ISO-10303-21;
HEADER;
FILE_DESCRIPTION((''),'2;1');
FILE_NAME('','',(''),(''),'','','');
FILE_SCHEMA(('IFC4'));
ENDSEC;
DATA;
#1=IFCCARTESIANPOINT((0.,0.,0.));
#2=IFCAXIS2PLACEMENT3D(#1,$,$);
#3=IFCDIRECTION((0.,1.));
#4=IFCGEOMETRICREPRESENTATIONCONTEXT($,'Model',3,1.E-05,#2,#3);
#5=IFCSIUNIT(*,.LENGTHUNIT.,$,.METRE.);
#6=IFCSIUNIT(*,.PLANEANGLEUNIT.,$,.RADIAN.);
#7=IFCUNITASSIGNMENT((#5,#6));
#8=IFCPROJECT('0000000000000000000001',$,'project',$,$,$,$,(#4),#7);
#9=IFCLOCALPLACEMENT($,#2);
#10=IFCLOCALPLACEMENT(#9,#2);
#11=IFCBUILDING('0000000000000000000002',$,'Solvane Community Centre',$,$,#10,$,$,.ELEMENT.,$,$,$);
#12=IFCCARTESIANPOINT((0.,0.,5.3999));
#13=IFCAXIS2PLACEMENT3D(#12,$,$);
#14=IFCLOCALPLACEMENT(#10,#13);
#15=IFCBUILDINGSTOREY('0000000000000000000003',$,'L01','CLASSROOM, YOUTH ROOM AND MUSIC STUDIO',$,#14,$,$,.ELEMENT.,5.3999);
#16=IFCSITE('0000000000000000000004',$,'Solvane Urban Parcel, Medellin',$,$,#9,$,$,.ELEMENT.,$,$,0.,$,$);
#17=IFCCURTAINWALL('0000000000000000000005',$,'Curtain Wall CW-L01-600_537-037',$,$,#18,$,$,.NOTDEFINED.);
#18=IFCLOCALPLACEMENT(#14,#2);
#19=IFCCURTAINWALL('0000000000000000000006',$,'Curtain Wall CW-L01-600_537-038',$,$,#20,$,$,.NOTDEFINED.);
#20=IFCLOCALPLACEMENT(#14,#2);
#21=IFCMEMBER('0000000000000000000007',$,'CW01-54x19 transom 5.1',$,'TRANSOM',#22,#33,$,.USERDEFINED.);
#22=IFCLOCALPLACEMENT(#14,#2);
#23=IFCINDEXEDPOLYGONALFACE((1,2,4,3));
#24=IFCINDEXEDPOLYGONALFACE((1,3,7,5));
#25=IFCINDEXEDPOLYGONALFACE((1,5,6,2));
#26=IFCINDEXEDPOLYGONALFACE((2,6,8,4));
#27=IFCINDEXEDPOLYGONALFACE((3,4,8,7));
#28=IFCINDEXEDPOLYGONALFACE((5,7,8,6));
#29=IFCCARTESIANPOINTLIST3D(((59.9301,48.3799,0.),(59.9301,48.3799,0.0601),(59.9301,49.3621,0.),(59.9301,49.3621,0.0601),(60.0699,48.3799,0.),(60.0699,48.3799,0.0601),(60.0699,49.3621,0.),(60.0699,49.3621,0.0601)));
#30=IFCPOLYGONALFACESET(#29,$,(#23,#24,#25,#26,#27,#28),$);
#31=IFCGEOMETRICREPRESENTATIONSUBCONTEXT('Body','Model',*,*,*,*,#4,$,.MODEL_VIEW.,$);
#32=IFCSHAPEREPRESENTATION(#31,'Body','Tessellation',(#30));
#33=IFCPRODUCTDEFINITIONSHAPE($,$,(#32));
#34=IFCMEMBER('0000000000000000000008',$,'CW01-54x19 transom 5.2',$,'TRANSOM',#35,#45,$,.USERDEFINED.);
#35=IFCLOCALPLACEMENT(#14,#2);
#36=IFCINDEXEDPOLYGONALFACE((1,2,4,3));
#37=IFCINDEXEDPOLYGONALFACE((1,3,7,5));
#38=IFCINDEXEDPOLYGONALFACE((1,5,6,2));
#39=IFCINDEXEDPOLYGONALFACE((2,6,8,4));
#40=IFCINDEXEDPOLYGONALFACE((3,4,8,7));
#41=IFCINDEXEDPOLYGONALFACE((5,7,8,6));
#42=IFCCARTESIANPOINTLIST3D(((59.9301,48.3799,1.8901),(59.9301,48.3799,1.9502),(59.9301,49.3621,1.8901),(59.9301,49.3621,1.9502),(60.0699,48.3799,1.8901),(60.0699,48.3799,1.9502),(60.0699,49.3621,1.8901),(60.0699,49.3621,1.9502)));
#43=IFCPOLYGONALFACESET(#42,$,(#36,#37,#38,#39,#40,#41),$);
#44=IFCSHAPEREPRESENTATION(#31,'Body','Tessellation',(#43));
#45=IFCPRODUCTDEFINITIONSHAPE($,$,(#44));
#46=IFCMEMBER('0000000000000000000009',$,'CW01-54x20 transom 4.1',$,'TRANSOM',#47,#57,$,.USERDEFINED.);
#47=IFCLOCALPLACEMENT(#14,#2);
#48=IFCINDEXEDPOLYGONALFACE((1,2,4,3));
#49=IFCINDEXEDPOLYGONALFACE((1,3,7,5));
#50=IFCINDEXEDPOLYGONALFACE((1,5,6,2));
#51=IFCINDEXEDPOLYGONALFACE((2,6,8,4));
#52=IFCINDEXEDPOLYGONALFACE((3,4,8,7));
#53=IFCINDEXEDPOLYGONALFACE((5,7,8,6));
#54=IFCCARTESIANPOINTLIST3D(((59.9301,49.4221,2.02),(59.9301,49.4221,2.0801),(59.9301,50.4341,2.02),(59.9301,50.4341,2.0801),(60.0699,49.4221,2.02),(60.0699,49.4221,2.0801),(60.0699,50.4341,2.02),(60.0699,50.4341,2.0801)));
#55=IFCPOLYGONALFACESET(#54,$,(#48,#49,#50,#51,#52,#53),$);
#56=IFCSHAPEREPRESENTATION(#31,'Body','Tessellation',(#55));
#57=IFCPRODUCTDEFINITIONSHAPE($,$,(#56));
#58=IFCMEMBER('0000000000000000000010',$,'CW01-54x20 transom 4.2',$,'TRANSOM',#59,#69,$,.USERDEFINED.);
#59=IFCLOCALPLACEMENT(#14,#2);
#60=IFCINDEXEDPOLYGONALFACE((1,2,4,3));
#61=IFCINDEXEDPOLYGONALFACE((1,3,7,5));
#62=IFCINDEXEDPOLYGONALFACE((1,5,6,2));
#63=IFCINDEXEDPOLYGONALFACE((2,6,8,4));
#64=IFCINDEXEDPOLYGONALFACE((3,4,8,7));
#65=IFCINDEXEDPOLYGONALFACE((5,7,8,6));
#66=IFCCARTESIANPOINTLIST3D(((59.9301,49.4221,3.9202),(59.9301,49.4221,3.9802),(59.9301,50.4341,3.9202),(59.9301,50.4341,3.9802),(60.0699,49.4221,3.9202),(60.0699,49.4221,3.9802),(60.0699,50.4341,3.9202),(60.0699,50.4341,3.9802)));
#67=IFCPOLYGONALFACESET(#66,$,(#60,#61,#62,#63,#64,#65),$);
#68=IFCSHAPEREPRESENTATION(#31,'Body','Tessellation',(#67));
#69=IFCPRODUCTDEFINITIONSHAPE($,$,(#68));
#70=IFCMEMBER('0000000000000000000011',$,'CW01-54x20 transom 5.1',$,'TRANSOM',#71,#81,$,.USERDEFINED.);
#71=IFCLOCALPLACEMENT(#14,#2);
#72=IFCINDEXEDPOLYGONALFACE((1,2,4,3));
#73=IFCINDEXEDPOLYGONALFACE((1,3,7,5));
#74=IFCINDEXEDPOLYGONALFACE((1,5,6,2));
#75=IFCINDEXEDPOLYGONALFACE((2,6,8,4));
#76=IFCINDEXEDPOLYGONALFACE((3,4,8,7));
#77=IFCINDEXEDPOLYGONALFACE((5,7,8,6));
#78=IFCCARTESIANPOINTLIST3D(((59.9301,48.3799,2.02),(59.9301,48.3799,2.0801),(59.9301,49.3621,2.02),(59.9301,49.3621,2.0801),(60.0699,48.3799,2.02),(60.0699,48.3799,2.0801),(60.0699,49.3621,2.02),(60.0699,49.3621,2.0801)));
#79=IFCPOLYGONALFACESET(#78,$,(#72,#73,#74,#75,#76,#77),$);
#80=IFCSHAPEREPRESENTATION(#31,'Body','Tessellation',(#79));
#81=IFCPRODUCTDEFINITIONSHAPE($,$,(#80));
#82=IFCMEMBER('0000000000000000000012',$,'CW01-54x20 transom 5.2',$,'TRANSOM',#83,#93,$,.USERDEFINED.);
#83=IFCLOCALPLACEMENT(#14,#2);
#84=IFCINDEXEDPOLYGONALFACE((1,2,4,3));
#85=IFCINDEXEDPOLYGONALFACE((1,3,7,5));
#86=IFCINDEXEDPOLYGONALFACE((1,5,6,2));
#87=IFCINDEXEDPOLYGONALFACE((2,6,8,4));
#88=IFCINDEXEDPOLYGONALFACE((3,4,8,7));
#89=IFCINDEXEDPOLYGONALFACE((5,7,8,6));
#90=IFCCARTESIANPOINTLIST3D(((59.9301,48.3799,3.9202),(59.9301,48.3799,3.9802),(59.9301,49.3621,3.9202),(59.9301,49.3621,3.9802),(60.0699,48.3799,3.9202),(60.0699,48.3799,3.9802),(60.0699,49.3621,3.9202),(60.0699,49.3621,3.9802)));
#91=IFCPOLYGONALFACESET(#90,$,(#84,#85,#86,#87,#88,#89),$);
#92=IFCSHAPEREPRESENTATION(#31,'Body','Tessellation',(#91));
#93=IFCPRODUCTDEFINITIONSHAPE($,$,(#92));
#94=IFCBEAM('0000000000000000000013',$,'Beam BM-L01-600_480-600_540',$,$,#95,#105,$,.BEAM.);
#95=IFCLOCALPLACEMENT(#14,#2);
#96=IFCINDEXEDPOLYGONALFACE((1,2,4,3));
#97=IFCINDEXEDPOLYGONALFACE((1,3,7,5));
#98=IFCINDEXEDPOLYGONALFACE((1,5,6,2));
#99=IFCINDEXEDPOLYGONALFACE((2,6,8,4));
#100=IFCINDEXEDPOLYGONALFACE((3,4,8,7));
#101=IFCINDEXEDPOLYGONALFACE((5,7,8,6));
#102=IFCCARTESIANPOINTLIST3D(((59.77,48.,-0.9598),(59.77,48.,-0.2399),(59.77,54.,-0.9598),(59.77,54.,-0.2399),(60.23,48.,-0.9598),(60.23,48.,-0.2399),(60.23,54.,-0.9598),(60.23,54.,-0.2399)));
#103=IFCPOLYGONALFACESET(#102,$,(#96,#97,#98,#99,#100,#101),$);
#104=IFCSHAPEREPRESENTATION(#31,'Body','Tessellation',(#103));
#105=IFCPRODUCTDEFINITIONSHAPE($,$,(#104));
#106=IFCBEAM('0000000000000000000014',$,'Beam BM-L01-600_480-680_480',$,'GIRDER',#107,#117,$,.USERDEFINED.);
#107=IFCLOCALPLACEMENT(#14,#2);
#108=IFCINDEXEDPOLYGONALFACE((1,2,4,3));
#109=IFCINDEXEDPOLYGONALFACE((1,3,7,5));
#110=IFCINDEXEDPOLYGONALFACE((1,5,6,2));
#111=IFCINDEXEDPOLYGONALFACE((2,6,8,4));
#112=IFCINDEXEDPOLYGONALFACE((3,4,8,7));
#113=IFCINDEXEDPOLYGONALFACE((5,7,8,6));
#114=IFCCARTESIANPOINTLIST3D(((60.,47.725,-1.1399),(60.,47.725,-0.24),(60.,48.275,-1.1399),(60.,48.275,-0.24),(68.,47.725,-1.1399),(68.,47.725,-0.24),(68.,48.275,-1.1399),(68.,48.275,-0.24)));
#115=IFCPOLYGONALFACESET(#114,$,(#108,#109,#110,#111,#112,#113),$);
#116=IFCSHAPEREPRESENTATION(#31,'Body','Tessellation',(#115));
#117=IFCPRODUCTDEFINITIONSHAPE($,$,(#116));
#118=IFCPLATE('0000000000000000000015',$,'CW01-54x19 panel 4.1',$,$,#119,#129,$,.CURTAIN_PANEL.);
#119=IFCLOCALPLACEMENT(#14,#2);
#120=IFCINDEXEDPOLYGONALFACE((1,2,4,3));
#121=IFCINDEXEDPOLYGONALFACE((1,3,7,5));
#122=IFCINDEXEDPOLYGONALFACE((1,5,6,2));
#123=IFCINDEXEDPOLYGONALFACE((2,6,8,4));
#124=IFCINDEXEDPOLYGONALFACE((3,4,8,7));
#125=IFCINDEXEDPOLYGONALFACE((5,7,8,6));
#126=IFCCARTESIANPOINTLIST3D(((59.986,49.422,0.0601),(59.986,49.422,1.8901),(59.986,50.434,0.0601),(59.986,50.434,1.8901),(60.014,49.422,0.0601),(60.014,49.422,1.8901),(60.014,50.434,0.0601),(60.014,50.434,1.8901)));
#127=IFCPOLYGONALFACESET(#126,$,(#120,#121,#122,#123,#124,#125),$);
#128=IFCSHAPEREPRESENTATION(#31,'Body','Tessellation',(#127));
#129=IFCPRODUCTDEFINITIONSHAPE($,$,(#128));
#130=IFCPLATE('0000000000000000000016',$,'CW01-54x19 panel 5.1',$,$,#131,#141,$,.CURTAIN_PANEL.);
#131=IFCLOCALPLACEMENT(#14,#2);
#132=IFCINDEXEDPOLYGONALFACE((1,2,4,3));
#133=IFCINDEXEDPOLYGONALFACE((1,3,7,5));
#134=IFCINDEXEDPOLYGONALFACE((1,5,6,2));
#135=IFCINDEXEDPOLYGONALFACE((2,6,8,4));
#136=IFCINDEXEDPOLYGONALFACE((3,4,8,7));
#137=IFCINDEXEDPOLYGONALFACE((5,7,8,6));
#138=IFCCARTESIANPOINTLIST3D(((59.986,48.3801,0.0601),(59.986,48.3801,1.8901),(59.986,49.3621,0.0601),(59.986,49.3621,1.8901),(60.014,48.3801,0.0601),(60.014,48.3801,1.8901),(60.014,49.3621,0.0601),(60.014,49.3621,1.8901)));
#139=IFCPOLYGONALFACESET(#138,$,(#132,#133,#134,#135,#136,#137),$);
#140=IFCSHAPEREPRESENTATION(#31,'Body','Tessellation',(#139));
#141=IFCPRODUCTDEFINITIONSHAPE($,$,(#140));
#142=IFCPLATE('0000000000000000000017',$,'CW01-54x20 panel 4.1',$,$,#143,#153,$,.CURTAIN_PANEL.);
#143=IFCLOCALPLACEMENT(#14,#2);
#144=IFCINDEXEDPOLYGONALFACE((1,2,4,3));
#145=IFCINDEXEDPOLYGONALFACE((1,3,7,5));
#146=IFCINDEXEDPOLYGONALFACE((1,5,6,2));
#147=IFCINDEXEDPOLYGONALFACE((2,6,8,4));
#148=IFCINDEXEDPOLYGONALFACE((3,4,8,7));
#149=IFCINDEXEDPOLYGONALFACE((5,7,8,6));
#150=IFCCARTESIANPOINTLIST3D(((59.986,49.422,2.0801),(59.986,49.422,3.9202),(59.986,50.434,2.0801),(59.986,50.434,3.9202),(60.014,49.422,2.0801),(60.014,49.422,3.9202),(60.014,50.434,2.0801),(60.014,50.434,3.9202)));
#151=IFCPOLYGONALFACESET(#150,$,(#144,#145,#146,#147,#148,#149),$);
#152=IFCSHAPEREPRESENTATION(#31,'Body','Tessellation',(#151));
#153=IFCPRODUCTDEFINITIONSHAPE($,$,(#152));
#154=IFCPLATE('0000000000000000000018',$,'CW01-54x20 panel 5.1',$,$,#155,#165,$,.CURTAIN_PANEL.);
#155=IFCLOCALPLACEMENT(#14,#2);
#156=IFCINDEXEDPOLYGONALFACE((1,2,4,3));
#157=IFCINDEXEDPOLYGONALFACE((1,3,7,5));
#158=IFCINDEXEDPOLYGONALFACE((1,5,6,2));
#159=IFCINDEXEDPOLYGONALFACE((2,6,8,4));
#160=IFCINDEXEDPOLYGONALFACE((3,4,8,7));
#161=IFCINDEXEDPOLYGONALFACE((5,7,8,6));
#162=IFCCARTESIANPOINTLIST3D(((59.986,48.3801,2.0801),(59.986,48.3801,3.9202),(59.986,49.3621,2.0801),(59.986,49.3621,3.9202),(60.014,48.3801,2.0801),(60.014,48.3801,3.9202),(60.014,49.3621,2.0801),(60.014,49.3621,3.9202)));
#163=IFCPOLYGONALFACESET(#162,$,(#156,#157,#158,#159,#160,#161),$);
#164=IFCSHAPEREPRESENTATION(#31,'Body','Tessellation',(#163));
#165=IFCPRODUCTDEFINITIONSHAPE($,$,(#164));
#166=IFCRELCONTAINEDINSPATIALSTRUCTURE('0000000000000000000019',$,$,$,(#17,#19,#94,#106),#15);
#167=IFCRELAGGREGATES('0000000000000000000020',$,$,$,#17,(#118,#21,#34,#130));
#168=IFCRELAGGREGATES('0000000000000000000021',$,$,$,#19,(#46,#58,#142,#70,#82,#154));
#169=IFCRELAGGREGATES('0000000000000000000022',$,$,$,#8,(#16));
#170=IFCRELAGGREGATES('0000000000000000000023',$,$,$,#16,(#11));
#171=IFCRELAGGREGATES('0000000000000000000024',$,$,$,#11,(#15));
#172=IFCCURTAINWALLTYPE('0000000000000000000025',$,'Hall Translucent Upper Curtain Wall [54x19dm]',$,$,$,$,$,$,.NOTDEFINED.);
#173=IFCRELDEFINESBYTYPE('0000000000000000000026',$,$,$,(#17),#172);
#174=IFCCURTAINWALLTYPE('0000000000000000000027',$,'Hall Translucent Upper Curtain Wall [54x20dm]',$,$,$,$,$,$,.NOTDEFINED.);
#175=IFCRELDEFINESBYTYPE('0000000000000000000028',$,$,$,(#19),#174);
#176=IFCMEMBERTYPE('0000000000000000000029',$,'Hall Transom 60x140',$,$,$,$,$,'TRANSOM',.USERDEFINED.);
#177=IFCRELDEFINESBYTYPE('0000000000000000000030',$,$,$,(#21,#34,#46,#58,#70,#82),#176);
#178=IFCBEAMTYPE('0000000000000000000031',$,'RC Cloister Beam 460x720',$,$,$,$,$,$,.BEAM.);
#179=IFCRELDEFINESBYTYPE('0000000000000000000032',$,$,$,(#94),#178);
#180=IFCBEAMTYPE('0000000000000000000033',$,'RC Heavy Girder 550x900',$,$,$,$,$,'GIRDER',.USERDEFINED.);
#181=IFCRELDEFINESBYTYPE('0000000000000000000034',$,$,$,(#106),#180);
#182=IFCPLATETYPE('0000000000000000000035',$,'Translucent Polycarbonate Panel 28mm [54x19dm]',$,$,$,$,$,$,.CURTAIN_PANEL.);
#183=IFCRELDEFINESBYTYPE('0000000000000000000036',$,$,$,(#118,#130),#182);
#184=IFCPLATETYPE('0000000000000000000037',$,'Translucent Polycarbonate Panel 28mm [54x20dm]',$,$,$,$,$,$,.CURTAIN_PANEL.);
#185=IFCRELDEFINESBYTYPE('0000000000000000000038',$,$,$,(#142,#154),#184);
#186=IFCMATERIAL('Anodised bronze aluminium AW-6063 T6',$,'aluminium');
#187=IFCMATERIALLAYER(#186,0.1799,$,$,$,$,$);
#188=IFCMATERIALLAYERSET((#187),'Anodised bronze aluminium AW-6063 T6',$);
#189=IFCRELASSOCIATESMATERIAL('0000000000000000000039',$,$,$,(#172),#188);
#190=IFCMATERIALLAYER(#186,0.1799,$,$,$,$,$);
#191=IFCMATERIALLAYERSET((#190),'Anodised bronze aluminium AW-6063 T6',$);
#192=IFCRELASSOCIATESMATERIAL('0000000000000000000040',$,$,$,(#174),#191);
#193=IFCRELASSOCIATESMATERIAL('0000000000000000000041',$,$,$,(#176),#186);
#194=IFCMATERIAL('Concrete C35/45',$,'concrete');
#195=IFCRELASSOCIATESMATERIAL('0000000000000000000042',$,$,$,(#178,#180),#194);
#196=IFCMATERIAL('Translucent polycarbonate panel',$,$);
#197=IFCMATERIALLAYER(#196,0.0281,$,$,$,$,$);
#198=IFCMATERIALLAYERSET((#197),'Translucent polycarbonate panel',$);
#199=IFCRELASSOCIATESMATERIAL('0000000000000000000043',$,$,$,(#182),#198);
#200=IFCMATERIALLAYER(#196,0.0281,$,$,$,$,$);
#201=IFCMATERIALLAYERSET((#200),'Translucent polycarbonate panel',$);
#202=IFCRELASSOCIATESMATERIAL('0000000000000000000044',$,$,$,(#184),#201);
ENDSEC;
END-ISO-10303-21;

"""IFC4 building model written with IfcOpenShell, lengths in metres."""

from ifc_helpers import new_model, si_unit, direction, frame, origin, origin_2d, place, context, subcontext, project, spatial, rectangle, extrude, material, layer, layer_set, material_profile, profile_set, type_object, element, aggregate, save


model = new_model("IFC4")

# Units and contexts
model_context = context("Model", 3, precision=1e-05, world=origin(), true_north=direction((0.0, 1.0)))
body_context = subcontext(model_context, "Body", "Model", "MODEL_VIEW")
ifc_project = project(units=[si_unit("LENGTHUNIT", "METRE"), si_unit("PLANEANGLEUNIT", "RADIAN")], contexts=[model_context])

# Site, building, storey
site_placement = place(None, origin())
site = spatial("IfcSite", under=ifc_project, at=site_placement, Name="Solvane Urban Parcel, Medellin", CompositionType="ELEMENT", RefElevation=0.0)
building_placement = place(site_placement, origin())
building = spatial("IfcBuilding", under=site, at=building_placement, Name="Solvane Community Centre", CompositionType="ELEMENT")
storey_placement = place(building_placement, frame((0.0, 0.0, 5.3999)))
storey = spatial("IfcBuildingStorey", under=building, at=storey_placement, Name="L01", Description="CLASSROOM, YOUTH ROOM AND MUSIC STUDIO", CompositionType="ELEMENT", Elevation=5.3999)

# Shared definitions
ifc_material_1 = material(Name="Concrete C35/45", Category="concrete")

# Shared definitions
ifc_material_2 = material(Name="Anodised bronze aluminium AW-6063 T6", Category="aluminium")
ifc_layer_1 = layer(ifc_material_2, 0.1799)
ifc_layer_set_1 = layer_set([ifc_layer_1], Name="Anodised bronze aluminium AW-6063 T6")
curtain_wall_type_1 = type_object("IfcCurtainWallType", Name="Hall Translucent Upper Curtain Wall [54x19dm]", PredefinedType="NOTDEFINED", material=ifc_layer_set_1)
ifc_layer_2 = layer(ifc_material_2, 0.1799)
ifc_layer_set_2 = layer_set([ifc_layer_2], Name="Anodised bronze aluminium AW-6063 T6")
curtain_wall_type_2 = type_object("IfcCurtainWallType", Name="Hall Translucent Upper Curtain Wall [54x20dm]", PredefinedType="NOTDEFINED", material=ifc_layer_set_2)

# Curtain walls
curtain_wall_1_placement = place(storey_placement, origin())
curtain_wall_1 = element("IfcCurtainWall", 1, at=curtain_wall_1_placement, inside=storey, type_object=curtain_wall_type_1, Name="Curtain Wall CW-L01-600_537-037", PredefinedType="NOTDEFINED")
curtain_wall_2_placement = place(storey_placement, origin())
curtain_wall_2 = element("IfcCurtainWall", 2, at=curtain_wall_2_placement, inside=storey, type_object=curtain_wall_type_2, Name="Curtain Wall CW-L01-600_537-038", PredefinedType="NOTDEFINED")

# Members
ifc_material_profile_1 = material_profile(ifc_material_2, rectangle(XDim=0.1399, YDim=0.0601, at=origin_2d()), Name="CW-T 60x140")
ifc_profile_set_1 = profile_set([ifc_material_profile_1], Name="Anodised bronze aluminium AW-6063 T6")
member_type_1 = type_object("IfcMemberType", Name="Hall Transom 60x140", ElementType="TRANSOM", PredefinedType="USERDEFINED", material=ifc_profile_set_1)
member_1_placement = place(storey_placement, frame((60.0, 49.3621, 0.03), z_axis=(0.0, -1.0, 0.0), x_axis=(1.0, 0.0, 0.0)))
member_1 = element("IfcMember", 3, at=member_1_placement, type_object=member_type_1, Name="CW01-54x19 transom 5.1", ObjectType="TRANSOM", PredefinedType="USERDEFINED", context=body_context, shape_type="SweptSolid", body=[
    extrude(rectangle(XDim=0.1399, YDim=0.0601, at=origin_2d()), origin(), (0.0, 0.0, 1.0), 0.9822),
])
member_2_placement = place(storey_placement, frame((60.0, 49.3621, 1.9202), z_axis=(0.0, -1.0, 0.0), x_axis=(1.0, 0.0, 0.0)))
member_2 = element("IfcMember", 4, at=member_2_placement, type_object=member_type_1, Name="CW01-54x19 transom 5.2", ObjectType="TRANSOM", PredefinedType="USERDEFINED", context=body_context, shape_type="SweptSolid", body=[
    extrude(rectangle(XDim=0.1399, YDim=0.0601, at=origin_2d()), origin(), (0.0, 0.0, 1.0), 0.9822),
])
member_3_placement = place(storey_placement, frame((60.0, 50.4341, 2.05), z_axis=(0.0, -1.0, 0.0), x_axis=(1.0, 0.0, 0.0)))
member_3 = element("IfcMember", 5, at=member_3_placement, type_object=member_type_1, Name="CW01-54x20 transom 4.1", ObjectType="TRANSOM", PredefinedType="USERDEFINED", context=body_context, shape_type="SweptSolid", body=[
    extrude(rectangle(XDim=0.1399, YDim=0.0601, at=origin_2d()), origin(), (0.0, 0.0, 1.0), 1.012),
])
member_4_placement = place(storey_placement, frame((60.0, 50.4341, 3.9502), z_axis=(0.0, -1.0, 0.0), x_axis=(1.0, 0.0, 0.0)))
member_4 = element("IfcMember", 6, at=member_4_placement, type_object=member_type_1, Name="CW01-54x20 transom 4.2", ObjectType="TRANSOM", PredefinedType="USERDEFINED", context=body_context, shape_type="SweptSolid", body=[
    extrude(rectangle(XDim=0.1399, YDim=0.0601, at=origin_2d()), origin(), (0.0, 0.0, 1.0), 1.012),
])
member_5_placement = place(storey_placement, frame((60.0, 49.3621, 2.05), z_axis=(0.0, -1.0, 0.0), x_axis=(1.0, 0.0, 0.0)))
member_5 = element("IfcMember", 7, at=member_5_placement, type_object=member_type_1, Name="CW01-54x20 transom 5.1", ObjectType="TRANSOM", PredefinedType="USERDEFINED", context=body_context, shape_type="SweptSolid", body=[
    extrude(rectangle(XDim=0.1399, YDim=0.0601, at=origin_2d()), origin(), (0.0, 0.0, 1.0), 0.9822),
])
member_6_placement = place(storey_placement, frame((60.0, 49.3621, 3.9502), z_axis=(0.0, -1.0, 0.0), x_axis=(1.0, 0.0, 0.0)))
member_6 = element("IfcMember", 8, at=member_6_placement, type_object=member_type_1, Name="CW01-54x20 transom 5.2", ObjectType="TRANSOM", PredefinedType="USERDEFINED", context=body_context, shape_type="SweptSolid", body=[
    extrude(rectangle(XDim=0.1399, YDim=0.0601, at=origin_2d()), origin(), (0.0, 0.0, 1.0), 0.9822),
])

# Beams
ifc_material_profile_2 = material_profile(ifc_material_1, rectangle(XDim=0.46, YDim=0.72, at=origin_2d()), Name="RC 460x720")
ifc_profile_set_2 = profile_set([ifc_material_profile_2], Name="Concrete C35/45")
beam_type_1 = type_object("IfcBeamType", Name="RC Cloister Beam 460x720", PredefinedType="BEAM", material=ifc_profile_set_2)
beam_1_placement = place(storey_placement, frame((60.0, 48.0, -0.5999), z_axis=(0.0, 1.0, 0.0), x_axis=(-1.0, 0.0, 0.0)))
element("IfcBeam", 9, at=beam_1_placement, inside=storey, type_object=beam_type_1, Name="Beam BM-L01-600_480-600_540", PredefinedType="BEAM", context=body_context, shape_type="SweptSolid", body=[
    extrude(rectangle(XDim=0.46, YDim=0.72, at=origin_2d()), origin(), (0.0, 0.0, 1.0), 6.0),
])
ifc_material_profile_3 = material_profile(ifc_material_1, rectangle(XDim=0.55, YDim=0.8999, at=origin_2d()), Name="RC 550x900")
ifc_profile_set_3 = profile_set([ifc_material_profile_3], Name="Concrete C35/45")
beam_type_2 = type_object("IfcBeamType", Name="RC Heavy Girder 550x900", ElementType="GIRDER", PredefinedType="USERDEFINED", material=ifc_profile_set_3)
beam_2_placement = place(storey_placement, frame((60.0, 48.0, -0.6899), z_axis=(1.0, 0.0, 0.0), x_axis=(0.0, 1.0, 0.0)))
element("IfcBeam", 10, at=beam_2_placement, inside=storey, type_object=beam_type_2, Name="Beam BM-L01-600_480-680_480", ObjectType="GIRDER", PredefinedType="USERDEFINED", context=body_context, shape_type="SweptSolid", body=[
    extrude(rectangle(XDim=0.55, YDim=0.8999, at=origin_2d()), origin(), (0.0, 0.0, 1.0), 8.0),
])

# Plates
ifc_material_3 = material(Name="Translucent polycarbonate panel")
ifc_layer_3 = layer(ifc_material_3, 0.0281)
ifc_layer_set_3 = layer_set([ifc_layer_3], Name="Translucent polycarbonate panel")
plate_type_1 = type_object("IfcPlateType", Name="Translucent Polycarbonate Panel 28mm [54x19dm]", PredefinedType="CURTAIN_PANEL", material=ifc_layer_set_3)
plate_1_placement = place(storey_placement, frame((60.0, 49.928, 0.0601), z_axis=(0.0, 0.0, 1.0), x_axis=(0.0, -1.0, 0.0)))
plate_1 = element("IfcPlate", 11, at=plate_1_placement, type_object=plate_type_1, Name="CW01-54x19 panel 4.1", PredefinedType="CURTAIN_PANEL", context=body_context, shape_type="SweptSolid", body=[
    extrude(rectangle(XDim=1.012, YDim=0.0281, at=origin_2d()), origin(), (0.0, 0.0, 1.0), 1.8301),
])
plate_2_placement = place(storey_placement, frame((60.0, 48.8711, 0.0601), z_axis=(0.0, 0.0, 1.0), x_axis=(0.0, -1.0, 0.0)))
plate_2 = element("IfcPlate", 12, at=plate_2_placement, type_object=plate_type_1, Name="CW01-54x19 panel 5.1", PredefinedType="CURTAIN_PANEL", context=body_context, shape_type="SweptSolid", body=[
    extrude(rectangle(XDim=0.9819, YDim=0.0281, at=origin_2d()), origin(), (0.0, 0.0, 1.0), 1.8301),
])
aggregate(curtain_wall_1, [plate_1, member_1, member_2, plate_2])
ifc_layer_4 = layer(ifc_material_3, 0.0281)
ifc_layer_set_4 = layer_set([ifc_layer_4], Name="Translucent polycarbonate panel")
plate_type_2 = type_object("IfcPlateType", Name="Translucent Polycarbonate Panel 28mm [54x20dm]", PredefinedType="CURTAIN_PANEL", material=ifc_layer_set_4)
plate_3_placement = place(storey_placement, frame((60.0, 49.928, 2.0801), z_axis=(0.0, 0.0, 1.0), x_axis=(0.0, -1.0, 0.0)))
plate_3 = element("IfcPlate", 13, at=plate_3_placement, type_object=plate_type_2, Name="CW01-54x20 panel 4.1", PredefinedType="CURTAIN_PANEL", context=body_context, shape_type="SweptSolid", body=[
    extrude(rectangle(XDim=1.012, YDim=0.0281, at=origin_2d()), origin(), (0.0, 0.0, 1.0), 1.8401),
])
plate_4_placement = place(storey_placement, frame((60.0, 48.8711, 2.0801), z_axis=(0.0, 0.0, 1.0), x_axis=(0.0, -1.0, 0.0)))
plate_4 = element("IfcPlate", 14, at=plate_4_placement, type_object=plate_type_2, Name="CW01-54x20 panel 5.1", PredefinedType="CURTAIN_PANEL", context=body_context, shape_type="SweptSolid", body=[
    extrude(rectangle(XDim=0.9819, YDim=0.0281, at=origin_2d()), origin(), (0.0, 0.0, 1.0), 1.8401),
])
aggregate(curtain_wall_2, [member_3, member_4, plate_3, member_5, member_6, plate_4])

save(model, "model.ifc")
